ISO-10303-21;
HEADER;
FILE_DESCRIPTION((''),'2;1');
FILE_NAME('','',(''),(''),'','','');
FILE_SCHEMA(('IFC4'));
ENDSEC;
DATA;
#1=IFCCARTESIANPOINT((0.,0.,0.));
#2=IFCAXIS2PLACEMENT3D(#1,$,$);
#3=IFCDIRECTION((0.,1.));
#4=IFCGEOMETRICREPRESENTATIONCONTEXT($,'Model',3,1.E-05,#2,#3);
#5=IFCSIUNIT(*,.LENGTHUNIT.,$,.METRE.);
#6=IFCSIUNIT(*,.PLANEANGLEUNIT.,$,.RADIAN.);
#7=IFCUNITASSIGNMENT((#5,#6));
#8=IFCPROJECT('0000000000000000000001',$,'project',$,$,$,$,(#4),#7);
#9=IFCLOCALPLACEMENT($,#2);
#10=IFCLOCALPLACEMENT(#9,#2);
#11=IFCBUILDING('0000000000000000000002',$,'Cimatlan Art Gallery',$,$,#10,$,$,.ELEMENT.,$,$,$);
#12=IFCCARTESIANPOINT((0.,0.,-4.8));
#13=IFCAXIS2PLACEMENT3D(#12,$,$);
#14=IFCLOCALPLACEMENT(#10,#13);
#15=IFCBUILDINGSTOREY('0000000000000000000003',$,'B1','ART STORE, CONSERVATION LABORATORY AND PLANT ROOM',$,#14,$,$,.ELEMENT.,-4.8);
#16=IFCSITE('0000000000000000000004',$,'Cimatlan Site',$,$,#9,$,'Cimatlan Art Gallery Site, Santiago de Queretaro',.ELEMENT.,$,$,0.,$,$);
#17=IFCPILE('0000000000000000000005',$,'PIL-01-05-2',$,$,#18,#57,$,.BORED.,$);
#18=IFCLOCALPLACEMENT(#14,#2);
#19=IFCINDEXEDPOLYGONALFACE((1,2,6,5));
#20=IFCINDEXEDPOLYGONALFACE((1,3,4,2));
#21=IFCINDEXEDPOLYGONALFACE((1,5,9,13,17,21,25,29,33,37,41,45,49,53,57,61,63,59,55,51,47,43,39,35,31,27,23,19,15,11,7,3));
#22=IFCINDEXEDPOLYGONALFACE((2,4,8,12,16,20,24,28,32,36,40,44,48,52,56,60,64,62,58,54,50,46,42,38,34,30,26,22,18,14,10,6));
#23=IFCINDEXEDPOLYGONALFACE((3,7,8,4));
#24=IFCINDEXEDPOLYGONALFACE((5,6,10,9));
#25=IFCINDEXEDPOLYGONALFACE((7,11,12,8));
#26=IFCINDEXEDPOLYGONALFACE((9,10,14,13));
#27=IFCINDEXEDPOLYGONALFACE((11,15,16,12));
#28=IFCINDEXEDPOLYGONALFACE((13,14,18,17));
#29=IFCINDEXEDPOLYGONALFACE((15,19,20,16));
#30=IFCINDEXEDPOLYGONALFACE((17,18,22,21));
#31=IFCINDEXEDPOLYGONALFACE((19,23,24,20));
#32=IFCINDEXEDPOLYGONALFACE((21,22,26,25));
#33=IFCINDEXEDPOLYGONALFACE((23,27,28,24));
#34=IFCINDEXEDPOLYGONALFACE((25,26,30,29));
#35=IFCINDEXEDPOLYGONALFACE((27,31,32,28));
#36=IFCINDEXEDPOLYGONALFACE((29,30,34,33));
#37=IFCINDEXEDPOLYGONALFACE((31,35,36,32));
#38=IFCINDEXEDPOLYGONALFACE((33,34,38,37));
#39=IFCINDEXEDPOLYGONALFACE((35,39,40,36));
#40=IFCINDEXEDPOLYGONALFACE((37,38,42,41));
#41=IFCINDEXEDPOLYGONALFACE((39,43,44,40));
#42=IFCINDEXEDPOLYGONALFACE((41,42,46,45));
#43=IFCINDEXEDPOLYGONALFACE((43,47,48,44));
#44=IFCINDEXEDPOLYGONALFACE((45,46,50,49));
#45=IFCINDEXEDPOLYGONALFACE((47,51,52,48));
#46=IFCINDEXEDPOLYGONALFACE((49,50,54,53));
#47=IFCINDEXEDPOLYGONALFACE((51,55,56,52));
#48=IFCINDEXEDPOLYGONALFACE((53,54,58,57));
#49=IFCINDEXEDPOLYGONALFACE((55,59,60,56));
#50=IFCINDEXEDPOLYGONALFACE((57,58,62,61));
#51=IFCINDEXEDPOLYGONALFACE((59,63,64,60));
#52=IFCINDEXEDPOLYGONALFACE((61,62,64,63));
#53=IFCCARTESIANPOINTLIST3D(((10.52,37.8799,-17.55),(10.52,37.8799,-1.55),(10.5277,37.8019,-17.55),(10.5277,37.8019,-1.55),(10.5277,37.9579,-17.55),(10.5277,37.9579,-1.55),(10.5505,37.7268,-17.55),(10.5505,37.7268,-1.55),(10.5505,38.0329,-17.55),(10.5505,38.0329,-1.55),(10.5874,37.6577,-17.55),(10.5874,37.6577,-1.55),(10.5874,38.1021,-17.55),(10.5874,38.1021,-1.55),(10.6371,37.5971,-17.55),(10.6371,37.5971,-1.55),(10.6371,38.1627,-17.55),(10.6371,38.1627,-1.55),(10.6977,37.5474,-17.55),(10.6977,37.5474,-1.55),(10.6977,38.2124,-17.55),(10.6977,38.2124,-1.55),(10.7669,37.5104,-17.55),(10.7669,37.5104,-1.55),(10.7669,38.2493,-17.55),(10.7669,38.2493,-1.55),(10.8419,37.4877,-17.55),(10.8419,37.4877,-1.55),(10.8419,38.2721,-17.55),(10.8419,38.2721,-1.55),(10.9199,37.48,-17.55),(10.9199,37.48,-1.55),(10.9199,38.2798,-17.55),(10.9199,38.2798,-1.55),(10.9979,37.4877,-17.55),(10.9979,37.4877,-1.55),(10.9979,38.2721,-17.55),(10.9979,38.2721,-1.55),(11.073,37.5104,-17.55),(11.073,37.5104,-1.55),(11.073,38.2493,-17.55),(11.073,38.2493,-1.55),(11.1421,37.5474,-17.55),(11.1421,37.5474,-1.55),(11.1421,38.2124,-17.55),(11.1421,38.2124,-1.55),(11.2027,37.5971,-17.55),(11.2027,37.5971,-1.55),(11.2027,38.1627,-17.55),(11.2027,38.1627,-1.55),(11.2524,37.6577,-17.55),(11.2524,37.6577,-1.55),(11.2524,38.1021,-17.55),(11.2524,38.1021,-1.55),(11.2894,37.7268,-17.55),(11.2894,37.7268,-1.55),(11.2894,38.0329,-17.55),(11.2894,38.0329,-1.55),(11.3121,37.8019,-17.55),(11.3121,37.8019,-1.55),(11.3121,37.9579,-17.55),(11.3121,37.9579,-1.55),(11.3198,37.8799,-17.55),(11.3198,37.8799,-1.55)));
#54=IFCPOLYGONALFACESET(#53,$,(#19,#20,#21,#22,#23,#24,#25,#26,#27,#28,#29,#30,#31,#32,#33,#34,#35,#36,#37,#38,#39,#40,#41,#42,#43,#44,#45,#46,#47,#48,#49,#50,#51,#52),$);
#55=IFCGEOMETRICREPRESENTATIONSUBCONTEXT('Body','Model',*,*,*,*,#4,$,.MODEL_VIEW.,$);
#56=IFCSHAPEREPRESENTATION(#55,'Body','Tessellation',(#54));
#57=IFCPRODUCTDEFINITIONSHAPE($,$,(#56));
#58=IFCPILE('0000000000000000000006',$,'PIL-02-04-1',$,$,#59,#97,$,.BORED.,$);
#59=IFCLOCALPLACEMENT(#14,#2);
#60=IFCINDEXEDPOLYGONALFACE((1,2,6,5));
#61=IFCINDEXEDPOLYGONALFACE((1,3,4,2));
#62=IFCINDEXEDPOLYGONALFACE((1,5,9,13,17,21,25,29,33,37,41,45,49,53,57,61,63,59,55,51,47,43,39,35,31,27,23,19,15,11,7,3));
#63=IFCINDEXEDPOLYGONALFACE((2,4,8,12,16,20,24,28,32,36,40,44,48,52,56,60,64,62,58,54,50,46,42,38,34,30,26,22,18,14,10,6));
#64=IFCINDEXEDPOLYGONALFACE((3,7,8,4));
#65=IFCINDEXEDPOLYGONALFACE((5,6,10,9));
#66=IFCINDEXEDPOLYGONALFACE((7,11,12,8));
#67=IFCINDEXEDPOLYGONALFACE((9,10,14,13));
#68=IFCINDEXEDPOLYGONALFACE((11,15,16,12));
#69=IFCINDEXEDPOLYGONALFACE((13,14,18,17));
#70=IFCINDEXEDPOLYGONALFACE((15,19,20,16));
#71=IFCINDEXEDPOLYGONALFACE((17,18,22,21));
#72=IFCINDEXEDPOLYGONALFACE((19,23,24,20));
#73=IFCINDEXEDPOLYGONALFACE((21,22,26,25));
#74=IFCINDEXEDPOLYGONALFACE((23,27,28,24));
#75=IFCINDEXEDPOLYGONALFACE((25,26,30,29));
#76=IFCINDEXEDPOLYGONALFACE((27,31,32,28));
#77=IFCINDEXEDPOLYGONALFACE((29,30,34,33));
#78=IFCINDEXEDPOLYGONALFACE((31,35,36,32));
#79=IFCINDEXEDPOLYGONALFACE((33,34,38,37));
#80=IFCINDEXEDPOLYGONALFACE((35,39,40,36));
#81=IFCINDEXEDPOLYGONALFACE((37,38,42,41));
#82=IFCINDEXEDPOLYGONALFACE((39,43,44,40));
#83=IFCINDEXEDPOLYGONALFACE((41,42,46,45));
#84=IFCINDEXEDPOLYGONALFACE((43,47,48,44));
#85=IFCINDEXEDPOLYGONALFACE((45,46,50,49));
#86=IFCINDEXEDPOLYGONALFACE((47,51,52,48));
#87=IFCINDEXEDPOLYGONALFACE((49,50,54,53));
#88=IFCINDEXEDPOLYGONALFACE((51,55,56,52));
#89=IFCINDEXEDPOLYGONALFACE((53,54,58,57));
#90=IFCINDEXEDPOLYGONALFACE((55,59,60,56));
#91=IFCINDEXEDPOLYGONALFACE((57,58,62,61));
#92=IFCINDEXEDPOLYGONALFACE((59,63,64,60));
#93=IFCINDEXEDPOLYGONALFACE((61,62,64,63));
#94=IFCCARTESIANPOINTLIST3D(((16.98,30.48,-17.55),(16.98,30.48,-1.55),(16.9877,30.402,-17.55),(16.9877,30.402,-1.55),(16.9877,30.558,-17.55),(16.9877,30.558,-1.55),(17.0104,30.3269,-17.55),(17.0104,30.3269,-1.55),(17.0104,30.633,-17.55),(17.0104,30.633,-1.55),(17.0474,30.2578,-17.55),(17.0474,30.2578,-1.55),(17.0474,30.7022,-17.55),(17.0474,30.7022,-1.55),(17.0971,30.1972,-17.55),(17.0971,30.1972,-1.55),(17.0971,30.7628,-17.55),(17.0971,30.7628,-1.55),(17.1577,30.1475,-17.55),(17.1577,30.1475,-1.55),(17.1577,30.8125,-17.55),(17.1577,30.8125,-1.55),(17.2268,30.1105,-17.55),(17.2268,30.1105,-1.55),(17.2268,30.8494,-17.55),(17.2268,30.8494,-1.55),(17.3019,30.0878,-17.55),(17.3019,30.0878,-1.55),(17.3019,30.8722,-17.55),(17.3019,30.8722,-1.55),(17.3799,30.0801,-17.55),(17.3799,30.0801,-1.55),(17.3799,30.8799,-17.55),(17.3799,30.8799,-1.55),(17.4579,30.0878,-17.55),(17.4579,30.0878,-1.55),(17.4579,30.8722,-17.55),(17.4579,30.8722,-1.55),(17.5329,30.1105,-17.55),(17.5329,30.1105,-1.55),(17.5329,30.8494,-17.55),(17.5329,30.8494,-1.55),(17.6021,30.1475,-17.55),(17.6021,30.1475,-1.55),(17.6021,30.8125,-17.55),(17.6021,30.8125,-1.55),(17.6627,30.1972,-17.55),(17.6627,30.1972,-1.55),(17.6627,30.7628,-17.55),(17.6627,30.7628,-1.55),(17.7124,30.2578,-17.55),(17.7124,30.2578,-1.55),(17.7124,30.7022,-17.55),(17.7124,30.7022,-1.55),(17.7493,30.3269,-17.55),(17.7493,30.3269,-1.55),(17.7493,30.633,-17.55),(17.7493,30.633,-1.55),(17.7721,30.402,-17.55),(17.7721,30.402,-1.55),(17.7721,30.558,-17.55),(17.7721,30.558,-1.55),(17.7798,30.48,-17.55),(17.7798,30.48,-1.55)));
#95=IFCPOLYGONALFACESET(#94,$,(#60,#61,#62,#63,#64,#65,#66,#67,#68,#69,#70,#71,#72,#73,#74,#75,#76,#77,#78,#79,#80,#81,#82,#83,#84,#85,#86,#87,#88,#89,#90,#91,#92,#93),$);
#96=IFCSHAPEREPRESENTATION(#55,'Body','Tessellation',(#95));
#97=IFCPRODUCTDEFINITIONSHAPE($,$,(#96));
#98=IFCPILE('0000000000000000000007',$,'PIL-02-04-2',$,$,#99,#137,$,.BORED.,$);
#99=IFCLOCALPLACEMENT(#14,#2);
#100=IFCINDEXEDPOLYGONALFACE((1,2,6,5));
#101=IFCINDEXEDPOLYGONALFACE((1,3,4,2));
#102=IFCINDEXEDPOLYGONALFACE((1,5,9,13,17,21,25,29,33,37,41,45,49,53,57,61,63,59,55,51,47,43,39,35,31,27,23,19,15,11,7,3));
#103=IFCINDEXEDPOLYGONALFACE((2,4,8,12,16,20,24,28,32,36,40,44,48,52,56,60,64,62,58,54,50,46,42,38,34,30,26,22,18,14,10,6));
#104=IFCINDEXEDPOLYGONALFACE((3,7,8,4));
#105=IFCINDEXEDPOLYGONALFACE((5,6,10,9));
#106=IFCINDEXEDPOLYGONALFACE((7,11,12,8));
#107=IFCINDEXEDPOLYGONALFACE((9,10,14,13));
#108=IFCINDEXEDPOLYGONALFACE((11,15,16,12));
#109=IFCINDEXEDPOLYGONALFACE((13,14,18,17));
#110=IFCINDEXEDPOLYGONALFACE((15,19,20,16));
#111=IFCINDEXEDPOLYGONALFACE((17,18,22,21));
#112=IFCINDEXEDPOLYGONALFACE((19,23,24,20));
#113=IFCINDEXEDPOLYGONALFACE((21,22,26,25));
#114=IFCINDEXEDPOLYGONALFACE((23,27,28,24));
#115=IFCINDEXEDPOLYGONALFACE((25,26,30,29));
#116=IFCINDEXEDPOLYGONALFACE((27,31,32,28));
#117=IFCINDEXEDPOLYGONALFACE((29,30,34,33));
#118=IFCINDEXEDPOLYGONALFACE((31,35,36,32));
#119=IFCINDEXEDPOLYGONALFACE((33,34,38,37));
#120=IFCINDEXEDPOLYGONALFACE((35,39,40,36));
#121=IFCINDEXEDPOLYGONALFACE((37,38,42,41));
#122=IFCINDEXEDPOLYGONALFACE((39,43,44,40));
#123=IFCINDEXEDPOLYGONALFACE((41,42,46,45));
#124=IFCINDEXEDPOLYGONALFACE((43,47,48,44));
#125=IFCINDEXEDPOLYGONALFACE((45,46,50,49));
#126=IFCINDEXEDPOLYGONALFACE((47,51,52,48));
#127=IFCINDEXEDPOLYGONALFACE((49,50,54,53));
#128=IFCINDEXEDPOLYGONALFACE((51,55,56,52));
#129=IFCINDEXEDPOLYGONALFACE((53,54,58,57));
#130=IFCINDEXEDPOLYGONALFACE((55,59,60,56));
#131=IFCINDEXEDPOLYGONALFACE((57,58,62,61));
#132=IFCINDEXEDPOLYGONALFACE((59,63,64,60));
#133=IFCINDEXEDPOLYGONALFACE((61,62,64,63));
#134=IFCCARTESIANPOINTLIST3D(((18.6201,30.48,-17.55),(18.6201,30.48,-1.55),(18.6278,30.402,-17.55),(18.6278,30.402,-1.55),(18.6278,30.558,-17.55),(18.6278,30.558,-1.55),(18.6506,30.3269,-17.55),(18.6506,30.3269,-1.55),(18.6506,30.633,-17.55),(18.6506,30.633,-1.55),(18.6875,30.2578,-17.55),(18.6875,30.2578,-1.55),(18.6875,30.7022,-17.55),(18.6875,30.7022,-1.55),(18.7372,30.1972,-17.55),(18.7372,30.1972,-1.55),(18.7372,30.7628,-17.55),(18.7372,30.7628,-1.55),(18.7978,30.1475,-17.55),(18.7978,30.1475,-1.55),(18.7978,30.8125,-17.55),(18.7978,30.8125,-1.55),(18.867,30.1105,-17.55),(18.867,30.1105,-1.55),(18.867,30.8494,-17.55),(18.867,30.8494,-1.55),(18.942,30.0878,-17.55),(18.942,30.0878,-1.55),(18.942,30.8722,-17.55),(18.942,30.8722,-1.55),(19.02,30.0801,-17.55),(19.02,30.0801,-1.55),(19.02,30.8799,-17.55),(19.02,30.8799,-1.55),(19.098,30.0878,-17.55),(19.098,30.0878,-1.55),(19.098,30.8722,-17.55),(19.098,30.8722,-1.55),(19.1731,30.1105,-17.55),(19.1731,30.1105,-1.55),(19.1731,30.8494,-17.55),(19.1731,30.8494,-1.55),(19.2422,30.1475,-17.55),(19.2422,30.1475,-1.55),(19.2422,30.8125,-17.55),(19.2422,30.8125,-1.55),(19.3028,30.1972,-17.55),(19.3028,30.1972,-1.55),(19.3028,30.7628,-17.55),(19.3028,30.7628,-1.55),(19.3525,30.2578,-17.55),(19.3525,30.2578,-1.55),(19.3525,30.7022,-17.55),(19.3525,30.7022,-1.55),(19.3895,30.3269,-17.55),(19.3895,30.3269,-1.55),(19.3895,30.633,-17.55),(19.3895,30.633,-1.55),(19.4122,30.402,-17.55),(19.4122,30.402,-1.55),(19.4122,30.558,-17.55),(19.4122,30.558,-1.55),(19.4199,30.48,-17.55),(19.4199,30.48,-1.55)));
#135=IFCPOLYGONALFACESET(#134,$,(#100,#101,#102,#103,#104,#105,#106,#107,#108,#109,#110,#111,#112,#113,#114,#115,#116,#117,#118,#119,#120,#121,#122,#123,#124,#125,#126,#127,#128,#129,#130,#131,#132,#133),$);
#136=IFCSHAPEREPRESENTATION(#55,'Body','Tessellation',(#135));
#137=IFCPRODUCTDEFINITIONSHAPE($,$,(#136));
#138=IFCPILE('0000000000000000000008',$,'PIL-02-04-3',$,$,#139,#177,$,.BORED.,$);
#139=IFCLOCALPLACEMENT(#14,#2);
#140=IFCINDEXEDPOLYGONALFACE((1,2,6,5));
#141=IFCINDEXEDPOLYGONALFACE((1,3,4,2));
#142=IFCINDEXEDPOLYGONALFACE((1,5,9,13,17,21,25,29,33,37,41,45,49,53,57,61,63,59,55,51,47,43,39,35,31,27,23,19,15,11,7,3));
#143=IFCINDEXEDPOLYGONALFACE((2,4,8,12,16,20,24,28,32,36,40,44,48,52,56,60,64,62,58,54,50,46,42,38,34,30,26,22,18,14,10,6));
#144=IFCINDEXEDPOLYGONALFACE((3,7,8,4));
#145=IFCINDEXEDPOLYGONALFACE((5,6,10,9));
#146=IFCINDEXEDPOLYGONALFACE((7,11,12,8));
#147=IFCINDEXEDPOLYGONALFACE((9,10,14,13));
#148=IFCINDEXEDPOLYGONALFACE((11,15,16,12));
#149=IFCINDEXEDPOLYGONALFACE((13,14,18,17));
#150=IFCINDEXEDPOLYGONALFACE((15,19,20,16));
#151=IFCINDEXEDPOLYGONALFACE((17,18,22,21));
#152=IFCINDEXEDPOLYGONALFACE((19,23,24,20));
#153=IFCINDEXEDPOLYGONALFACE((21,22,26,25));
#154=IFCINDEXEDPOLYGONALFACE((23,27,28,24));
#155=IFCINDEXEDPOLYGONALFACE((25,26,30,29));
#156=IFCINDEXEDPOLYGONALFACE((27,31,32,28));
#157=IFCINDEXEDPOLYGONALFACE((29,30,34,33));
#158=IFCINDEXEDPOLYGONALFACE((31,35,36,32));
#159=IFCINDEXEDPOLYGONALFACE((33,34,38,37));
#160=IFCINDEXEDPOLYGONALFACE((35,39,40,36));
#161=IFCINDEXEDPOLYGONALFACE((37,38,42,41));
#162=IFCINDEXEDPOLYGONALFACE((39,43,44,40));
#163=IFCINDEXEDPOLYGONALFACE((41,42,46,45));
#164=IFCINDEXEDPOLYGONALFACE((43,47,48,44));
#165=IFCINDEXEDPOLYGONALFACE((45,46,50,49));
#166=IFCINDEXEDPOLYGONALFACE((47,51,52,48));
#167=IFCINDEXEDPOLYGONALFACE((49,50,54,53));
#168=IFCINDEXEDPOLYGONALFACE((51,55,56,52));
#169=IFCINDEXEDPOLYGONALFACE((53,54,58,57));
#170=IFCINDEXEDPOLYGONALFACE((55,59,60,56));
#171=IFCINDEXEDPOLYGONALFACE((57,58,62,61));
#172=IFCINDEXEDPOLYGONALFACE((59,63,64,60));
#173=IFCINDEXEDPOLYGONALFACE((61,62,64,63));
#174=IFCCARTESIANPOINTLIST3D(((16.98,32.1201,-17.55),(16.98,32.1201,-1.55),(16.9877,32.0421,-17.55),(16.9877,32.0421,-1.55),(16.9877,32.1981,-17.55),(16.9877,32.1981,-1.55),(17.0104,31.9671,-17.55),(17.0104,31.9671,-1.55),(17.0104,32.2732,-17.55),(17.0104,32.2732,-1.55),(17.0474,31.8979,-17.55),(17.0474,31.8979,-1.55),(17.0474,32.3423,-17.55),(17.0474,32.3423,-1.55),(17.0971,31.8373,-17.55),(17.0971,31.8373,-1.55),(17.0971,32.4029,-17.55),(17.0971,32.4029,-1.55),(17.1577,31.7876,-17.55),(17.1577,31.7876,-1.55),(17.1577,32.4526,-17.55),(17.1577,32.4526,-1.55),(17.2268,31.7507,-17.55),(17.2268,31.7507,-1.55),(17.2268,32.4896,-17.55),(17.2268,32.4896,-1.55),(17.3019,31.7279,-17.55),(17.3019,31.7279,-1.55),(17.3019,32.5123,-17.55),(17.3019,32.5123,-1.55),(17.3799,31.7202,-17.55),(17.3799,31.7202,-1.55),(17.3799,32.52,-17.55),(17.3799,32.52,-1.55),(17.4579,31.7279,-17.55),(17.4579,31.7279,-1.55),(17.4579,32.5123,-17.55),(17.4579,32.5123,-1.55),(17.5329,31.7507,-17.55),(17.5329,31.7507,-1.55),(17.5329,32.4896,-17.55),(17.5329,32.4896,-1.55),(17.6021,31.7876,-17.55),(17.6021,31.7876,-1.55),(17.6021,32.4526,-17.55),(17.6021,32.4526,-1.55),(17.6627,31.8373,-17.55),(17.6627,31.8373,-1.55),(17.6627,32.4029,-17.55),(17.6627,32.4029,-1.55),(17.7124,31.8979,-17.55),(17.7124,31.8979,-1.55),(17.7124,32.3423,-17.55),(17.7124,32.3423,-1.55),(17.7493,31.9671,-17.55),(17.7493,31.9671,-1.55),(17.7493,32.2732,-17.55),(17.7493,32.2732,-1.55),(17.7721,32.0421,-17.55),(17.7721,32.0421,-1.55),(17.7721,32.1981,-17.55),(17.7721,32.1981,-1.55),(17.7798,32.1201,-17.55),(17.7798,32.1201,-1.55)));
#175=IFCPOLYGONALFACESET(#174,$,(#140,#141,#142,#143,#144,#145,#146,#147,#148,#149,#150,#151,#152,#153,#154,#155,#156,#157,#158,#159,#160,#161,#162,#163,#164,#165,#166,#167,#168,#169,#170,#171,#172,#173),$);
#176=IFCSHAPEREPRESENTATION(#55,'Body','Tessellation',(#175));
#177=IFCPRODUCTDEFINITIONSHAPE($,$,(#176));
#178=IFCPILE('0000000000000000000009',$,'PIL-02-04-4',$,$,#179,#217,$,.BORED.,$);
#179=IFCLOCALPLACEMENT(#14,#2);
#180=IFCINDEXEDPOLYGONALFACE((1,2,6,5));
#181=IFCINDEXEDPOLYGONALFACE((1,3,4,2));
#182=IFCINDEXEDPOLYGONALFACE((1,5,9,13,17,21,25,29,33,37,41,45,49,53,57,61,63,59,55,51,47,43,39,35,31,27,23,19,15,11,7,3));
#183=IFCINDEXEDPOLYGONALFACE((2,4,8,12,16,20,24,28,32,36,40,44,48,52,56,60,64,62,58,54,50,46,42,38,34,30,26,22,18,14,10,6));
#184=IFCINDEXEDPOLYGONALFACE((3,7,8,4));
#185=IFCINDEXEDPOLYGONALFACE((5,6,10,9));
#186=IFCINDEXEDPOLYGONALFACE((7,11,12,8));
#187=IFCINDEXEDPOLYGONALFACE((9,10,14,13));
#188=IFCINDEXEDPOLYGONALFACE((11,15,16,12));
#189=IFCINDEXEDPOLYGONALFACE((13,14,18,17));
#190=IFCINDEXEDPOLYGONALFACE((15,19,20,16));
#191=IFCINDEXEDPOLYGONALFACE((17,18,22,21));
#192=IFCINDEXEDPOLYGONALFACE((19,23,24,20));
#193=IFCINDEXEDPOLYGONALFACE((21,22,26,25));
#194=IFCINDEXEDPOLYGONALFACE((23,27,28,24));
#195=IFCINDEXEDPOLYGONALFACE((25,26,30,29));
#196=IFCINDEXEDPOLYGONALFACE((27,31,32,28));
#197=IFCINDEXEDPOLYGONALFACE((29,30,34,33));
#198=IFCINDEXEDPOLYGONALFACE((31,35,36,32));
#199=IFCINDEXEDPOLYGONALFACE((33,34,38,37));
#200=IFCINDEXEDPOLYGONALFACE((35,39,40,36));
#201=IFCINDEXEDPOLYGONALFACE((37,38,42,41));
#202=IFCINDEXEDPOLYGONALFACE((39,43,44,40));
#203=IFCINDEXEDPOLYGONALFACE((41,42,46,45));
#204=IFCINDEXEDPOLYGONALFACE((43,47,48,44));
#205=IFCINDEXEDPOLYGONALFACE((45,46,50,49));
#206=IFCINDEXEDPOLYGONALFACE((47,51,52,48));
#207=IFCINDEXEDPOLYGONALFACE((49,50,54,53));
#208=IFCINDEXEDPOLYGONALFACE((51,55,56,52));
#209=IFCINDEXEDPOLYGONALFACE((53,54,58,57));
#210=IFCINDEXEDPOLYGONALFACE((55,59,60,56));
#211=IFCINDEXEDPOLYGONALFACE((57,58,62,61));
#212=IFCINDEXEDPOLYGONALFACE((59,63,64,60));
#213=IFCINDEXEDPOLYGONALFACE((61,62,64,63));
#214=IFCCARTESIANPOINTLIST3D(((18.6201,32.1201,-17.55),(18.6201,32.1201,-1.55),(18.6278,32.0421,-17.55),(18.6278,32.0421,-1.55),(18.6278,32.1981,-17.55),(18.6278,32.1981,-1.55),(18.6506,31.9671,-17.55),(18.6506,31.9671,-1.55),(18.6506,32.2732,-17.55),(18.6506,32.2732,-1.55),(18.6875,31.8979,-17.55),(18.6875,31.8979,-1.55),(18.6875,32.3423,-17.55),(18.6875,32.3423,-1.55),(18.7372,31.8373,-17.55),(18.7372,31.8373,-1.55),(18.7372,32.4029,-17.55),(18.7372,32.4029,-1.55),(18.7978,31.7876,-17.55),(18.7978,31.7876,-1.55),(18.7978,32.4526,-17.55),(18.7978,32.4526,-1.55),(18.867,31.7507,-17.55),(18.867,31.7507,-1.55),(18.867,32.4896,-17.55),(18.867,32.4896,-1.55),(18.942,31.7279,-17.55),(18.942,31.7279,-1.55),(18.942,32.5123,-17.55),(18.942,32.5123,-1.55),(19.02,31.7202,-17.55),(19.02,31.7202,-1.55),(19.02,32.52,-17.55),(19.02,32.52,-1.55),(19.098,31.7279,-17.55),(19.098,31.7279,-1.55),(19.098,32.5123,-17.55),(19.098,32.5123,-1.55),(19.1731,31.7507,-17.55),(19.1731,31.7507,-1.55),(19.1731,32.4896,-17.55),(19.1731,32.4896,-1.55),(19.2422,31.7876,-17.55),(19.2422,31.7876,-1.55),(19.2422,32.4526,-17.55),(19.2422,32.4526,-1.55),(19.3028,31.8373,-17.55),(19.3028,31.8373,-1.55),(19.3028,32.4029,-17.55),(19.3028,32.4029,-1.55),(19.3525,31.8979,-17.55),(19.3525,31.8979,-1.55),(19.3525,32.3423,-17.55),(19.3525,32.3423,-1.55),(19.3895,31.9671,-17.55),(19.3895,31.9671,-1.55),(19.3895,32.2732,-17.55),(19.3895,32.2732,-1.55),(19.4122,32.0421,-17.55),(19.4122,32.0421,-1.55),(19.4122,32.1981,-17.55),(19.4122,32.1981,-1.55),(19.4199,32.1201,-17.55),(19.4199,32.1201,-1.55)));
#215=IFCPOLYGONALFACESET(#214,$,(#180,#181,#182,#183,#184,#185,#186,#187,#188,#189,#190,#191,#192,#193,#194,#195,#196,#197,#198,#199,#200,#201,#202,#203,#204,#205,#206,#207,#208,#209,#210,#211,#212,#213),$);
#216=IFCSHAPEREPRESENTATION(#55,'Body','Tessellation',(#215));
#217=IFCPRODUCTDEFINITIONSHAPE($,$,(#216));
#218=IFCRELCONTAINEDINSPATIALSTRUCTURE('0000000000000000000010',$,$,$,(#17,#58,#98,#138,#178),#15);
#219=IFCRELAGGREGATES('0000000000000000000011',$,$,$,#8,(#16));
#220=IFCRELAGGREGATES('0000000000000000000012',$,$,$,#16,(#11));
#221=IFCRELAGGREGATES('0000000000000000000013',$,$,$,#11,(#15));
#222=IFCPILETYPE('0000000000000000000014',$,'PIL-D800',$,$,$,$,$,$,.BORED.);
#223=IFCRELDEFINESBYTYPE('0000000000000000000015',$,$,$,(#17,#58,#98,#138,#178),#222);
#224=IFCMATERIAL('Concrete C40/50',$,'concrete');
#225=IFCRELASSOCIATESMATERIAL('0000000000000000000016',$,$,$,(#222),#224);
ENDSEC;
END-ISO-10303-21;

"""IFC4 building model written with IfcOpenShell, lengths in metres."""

from ifc_helpers import new_model, si_unit, direction, frame, origin, origin_2d, place, context, subcontext, project, spatial, circle, extrude, material, type_object, element, save


model = new_model("IFC4")

# Units and contexts
model_context = context("Model", 3, precision=1e-05, world=origin(), true_north=direction((0.0, 1.0)))
body_context = subcontext(model_context, "Body", "Model", "MODEL_VIEW")
ifc_project = project(units=[si_unit("LENGTHUNIT", "METRE"), si_unit("PLANEANGLEUNIT", "RADIAN")], contexts=[model_context])

# Site, building, storey
site_placement = place(None, origin())
site = spatial("IfcSite", under=ifc_project, at=site_placement, Name="Cimatlan Site", LongName="Cimatlan Art Gallery Site, Santiago de Queretaro", CompositionType="ELEMENT", RefElevation=0.0)
building_placement = place(site_placement, origin())
building = spatial("IfcBuilding", under=site, at=building_placement, Name="Cimatlan Art Gallery", CompositionType="ELEMENT")
storey_placement = place(building_placement, frame((0.0, 0.0, -4.8)))
storey = spatial("IfcBuildingStorey", under=building, at=storey_placement, Name="B1", Description="ART STORE, CONSERVATION LABORATORY AND PLANT ROOM", CompositionType="ELEMENT", Elevation=-4.8)

# Shared definitions
ifc_material_1 = material(Name="Concrete C40/50", Category="concrete")

# Piles
pile_type_1 = type_object("IfcPileType", Name="PIL-D800", PredefinedType="BORED", material=ifc_material_1)
for number, where, z_axis, x_axis, name in (
    (1, (10.9199, 37.8799, -1.55), (0.0, 0.0, -1.0), (1.0, 0.0, 0.0), "PIL-01-05-2"),
    (2, (17.3799, 30.48, -1.55), (0.0, 0.0, -1.0), (1.0, 0.0, 0.0), "PIL-02-04-1"),
    (3, (19.02, 30.48, -1.55), (0.0, 0.0, -1.0), (1.0, 0.0, 0.0), "PIL-02-04-2"),
    (4, (17.3799, 32.1201, -1.55), (0.0, 0.0, -1.0), (1.0, 0.0, 0.0), "PIL-02-04-3"),
    (5, (19.02, 32.1201, -1.55), (0.0, 0.0, -1.0), (1.0, 0.0, 0.0), "PIL-02-04-4"),
):
    element("IfcPile", number, at=place(storey_placement, frame(where, z_axis=z_axis, x_axis=x_axis)), inside=storey, type_object=pile_type_1, Name=name, PredefinedType="BORED", context=body_context, shape_type="SweptSolid", body=[
        extrude(circle(Radius=0.3999, at=origin_2d()), origin(), (0.0, 0.0, 1.0), 16.0),
    ])

save(model, "model.ifc")
